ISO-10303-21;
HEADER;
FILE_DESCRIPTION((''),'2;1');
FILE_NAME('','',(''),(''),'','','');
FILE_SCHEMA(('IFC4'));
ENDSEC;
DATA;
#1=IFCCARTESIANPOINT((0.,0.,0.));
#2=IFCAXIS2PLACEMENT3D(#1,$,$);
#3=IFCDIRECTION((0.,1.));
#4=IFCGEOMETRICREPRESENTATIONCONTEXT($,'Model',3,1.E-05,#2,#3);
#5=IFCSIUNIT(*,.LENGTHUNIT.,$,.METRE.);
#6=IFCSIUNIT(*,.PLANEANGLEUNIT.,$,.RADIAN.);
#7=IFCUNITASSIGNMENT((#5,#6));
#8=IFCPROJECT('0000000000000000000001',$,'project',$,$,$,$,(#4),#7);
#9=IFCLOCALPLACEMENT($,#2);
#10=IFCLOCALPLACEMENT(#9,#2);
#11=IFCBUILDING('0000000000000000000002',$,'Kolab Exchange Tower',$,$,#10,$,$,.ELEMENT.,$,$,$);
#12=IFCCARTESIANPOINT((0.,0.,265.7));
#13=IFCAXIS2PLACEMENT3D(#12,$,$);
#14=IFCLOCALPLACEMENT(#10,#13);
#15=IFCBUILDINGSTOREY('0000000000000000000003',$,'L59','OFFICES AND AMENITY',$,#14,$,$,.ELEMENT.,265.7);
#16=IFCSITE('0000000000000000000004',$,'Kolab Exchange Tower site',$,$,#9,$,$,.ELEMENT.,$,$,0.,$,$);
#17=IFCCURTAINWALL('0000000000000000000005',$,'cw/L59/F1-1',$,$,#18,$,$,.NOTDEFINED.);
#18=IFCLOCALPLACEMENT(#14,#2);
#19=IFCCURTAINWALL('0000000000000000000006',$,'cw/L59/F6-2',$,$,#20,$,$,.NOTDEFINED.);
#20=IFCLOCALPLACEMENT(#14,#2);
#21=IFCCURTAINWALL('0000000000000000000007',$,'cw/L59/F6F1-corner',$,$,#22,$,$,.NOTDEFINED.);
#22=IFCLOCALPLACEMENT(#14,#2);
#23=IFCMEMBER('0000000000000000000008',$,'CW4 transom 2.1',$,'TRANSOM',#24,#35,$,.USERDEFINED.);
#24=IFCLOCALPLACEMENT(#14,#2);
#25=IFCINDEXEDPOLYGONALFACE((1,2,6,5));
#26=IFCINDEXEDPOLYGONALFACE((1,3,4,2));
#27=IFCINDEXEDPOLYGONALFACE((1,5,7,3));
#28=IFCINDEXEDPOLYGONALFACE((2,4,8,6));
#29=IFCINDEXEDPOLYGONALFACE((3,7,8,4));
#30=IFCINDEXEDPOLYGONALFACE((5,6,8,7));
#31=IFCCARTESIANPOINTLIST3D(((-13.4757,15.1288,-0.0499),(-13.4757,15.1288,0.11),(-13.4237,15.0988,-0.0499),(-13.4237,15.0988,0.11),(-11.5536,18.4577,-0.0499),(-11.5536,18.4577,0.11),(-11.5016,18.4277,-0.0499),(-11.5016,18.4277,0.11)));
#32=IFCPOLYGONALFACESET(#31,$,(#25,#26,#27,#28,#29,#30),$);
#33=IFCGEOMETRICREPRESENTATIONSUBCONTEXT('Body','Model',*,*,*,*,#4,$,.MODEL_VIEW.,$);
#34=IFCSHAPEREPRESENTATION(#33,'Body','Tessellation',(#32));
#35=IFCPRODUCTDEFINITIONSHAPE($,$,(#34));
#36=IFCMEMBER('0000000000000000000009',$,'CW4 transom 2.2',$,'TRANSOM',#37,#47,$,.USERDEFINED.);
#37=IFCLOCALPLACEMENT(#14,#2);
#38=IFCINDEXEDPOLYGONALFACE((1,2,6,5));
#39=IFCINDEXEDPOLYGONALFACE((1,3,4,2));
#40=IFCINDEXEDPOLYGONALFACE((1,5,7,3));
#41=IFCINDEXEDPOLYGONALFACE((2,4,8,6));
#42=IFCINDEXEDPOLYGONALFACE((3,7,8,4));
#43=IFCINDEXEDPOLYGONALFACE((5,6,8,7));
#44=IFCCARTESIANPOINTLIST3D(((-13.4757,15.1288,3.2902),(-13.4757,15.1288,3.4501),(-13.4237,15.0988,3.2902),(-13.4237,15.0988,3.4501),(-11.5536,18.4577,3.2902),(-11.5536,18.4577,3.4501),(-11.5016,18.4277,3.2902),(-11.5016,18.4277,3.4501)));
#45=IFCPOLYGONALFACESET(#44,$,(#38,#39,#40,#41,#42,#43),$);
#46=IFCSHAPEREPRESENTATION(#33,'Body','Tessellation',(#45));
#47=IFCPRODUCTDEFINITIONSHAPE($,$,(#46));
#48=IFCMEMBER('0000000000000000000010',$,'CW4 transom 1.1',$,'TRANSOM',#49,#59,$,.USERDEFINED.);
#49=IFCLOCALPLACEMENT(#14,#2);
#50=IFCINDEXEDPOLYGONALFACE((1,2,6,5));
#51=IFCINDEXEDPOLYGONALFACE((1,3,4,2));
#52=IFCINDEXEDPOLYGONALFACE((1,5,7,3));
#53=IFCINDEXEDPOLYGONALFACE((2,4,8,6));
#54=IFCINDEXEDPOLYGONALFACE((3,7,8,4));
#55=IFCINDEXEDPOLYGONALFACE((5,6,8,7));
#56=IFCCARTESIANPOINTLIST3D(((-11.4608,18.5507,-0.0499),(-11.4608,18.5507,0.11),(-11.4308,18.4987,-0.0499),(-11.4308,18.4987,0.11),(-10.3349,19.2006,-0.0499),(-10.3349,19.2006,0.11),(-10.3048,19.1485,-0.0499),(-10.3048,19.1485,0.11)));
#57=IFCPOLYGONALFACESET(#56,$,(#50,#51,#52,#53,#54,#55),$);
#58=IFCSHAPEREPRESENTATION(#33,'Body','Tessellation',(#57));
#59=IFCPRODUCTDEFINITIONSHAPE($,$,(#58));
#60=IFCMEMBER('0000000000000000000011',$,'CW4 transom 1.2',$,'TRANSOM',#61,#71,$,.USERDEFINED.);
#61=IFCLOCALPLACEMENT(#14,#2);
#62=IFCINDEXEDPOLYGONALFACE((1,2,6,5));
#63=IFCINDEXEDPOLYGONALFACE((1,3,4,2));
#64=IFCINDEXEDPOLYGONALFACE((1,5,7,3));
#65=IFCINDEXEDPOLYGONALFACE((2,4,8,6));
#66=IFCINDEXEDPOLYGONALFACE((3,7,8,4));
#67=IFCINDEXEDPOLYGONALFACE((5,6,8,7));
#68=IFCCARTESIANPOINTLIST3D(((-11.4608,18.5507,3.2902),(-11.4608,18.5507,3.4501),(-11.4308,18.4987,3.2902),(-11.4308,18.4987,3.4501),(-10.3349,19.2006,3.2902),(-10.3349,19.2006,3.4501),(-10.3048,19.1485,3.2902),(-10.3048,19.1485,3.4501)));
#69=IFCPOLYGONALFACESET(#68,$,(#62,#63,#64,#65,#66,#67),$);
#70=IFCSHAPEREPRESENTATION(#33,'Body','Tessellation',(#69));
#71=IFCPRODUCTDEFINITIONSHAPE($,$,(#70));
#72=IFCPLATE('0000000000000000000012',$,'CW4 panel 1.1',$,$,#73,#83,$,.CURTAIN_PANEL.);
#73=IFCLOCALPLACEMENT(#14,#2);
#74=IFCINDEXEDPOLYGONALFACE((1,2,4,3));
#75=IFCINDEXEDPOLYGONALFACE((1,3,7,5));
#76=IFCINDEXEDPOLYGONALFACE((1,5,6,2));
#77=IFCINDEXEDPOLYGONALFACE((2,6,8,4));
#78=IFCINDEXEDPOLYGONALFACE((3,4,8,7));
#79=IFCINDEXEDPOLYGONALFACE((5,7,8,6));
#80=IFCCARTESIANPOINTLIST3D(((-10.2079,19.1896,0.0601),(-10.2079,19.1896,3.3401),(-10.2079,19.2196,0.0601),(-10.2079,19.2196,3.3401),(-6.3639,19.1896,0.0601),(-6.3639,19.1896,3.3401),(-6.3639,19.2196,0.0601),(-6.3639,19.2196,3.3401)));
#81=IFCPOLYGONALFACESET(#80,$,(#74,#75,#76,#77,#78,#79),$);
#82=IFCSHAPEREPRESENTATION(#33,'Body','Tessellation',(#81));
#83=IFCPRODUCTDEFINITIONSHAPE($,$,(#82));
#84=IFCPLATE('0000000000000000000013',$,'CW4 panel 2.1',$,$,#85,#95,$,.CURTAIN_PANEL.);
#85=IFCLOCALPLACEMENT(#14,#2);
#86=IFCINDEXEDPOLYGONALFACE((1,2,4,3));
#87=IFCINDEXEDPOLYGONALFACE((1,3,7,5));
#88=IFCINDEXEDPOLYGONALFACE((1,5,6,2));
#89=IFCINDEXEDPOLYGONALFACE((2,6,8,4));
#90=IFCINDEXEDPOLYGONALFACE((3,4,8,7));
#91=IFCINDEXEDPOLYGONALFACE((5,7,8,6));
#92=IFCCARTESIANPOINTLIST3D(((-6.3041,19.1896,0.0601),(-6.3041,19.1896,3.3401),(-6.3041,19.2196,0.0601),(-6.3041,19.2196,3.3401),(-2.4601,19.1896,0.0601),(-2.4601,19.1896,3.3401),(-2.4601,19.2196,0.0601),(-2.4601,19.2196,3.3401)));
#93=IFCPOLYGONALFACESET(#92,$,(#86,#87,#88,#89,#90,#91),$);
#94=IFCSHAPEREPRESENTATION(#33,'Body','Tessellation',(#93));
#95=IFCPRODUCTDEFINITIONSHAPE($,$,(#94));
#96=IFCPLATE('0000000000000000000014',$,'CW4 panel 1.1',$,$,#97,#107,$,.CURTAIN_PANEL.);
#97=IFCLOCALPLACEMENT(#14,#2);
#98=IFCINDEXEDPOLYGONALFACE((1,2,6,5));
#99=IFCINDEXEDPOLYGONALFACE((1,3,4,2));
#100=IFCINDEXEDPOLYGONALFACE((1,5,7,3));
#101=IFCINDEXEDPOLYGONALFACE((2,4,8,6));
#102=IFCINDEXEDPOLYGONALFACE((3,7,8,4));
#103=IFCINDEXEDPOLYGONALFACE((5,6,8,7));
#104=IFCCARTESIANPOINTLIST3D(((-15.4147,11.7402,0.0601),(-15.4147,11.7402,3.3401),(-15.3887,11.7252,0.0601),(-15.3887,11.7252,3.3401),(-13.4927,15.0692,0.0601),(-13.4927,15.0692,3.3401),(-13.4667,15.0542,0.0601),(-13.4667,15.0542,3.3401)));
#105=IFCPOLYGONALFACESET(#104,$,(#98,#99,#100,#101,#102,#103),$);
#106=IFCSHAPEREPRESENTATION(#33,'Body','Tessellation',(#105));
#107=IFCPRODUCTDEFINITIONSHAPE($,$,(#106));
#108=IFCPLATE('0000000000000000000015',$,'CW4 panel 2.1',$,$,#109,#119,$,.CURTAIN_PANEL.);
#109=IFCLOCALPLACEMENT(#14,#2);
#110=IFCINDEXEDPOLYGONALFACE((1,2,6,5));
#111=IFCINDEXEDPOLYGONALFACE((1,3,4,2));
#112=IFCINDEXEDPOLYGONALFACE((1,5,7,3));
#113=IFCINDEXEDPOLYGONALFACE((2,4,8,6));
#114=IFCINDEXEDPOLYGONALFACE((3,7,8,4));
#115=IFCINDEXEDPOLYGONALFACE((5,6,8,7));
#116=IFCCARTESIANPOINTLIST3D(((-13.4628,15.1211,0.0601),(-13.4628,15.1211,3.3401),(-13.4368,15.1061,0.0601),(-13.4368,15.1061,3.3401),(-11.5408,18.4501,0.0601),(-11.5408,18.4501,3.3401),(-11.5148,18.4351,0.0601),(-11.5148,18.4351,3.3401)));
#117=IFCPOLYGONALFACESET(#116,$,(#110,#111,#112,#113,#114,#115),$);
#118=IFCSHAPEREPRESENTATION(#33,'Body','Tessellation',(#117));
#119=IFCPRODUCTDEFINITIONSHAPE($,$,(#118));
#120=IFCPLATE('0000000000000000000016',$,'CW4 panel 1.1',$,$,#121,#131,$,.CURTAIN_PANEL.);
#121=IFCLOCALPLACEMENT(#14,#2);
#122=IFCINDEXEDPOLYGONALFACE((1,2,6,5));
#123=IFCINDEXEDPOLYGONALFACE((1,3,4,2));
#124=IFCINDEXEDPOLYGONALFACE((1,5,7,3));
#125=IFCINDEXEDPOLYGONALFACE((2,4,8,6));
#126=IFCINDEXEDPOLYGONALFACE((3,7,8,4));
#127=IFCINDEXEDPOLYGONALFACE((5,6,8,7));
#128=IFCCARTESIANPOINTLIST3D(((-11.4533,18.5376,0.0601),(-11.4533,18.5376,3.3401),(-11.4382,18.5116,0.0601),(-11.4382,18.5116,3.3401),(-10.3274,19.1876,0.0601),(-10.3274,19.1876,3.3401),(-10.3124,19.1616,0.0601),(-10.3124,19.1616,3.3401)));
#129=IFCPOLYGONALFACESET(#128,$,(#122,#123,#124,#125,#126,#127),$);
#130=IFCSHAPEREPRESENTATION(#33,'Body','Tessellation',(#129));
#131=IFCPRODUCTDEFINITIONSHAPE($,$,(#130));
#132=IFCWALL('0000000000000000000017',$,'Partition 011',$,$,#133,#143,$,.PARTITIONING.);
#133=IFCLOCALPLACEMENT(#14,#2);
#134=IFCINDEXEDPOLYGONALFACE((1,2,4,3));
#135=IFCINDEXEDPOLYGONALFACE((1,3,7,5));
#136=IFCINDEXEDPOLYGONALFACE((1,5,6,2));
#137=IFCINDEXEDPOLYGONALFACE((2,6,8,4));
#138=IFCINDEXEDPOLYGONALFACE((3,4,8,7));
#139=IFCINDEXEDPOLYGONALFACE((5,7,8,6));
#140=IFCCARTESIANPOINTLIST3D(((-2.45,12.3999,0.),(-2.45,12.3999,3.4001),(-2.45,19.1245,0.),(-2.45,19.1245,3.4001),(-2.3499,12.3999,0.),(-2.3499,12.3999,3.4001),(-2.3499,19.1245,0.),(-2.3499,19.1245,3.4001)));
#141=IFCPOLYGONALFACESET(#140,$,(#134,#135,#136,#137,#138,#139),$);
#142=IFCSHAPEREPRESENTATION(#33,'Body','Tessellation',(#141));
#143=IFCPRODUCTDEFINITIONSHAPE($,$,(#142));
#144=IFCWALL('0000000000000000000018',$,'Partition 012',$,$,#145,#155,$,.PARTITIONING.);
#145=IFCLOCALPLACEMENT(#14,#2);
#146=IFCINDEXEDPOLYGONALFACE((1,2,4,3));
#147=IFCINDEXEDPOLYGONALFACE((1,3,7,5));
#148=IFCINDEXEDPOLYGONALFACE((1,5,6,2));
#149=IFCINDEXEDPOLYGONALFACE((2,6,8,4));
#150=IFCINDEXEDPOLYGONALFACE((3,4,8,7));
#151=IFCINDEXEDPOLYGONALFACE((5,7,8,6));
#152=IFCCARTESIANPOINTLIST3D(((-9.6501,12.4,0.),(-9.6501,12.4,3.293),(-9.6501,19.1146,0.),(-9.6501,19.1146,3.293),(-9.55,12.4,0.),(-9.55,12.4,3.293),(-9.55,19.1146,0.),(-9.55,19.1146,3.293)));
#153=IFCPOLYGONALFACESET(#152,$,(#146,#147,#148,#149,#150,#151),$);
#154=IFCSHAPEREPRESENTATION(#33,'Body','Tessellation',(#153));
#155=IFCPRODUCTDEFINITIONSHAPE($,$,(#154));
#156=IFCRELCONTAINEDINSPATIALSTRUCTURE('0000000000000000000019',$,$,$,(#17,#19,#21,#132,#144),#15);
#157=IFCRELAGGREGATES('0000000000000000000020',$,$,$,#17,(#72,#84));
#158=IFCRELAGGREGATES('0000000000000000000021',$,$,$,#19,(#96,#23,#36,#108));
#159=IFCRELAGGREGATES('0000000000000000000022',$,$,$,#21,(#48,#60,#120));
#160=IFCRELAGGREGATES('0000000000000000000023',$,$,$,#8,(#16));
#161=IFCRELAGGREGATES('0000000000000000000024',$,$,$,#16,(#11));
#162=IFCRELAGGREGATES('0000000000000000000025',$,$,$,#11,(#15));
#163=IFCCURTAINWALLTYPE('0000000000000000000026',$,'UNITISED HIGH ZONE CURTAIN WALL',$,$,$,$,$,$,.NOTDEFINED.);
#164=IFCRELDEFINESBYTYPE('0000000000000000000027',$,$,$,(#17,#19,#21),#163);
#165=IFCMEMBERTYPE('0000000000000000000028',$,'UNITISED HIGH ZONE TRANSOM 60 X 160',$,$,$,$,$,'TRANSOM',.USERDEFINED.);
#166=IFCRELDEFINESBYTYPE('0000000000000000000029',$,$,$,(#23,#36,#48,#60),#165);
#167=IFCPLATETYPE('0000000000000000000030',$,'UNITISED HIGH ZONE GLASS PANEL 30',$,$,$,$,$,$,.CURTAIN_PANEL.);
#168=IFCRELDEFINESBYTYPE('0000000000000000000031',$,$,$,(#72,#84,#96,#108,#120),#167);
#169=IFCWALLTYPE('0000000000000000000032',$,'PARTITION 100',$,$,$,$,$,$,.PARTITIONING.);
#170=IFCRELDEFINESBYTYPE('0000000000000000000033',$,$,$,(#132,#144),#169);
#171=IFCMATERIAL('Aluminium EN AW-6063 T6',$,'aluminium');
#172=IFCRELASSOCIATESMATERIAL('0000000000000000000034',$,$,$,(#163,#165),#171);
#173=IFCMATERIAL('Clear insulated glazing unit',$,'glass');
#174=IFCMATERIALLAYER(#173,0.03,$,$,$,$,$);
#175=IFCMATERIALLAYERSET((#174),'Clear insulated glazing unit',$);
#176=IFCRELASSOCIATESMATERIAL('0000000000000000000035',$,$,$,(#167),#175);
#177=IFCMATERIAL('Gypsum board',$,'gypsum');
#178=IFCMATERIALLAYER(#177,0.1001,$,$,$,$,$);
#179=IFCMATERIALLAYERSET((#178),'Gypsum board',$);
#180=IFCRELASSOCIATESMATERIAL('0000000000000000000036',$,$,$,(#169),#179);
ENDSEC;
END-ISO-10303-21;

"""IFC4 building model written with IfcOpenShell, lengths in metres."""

from ifc_helpers import new_model, si_unit, direction, frame, frame_2d, origin, origin_2d, place, context, subcontext, project, spatial, rectangle, extrude, material, layer, layer_set, material_profile, profile_set, type_object, element, aggregate, save


model = new_model("IFC4")

# Units and contexts
model_context = context("Model", 3, precision=1e-05, world=origin(), true_north=direction((0.0, 1.0)))
body_context = subcontext(model_context, "Body", "Model", "MODEL_VIEW")
ifc_project = project(units=[si_unit("LENGTHUNIT", "METRE"), si_unit("PLANEANGLEUNIT", "RADIAN")], contexts=[model_context])

# Site, building, storey
site_placement = place(None, origin())
site = spatial("IfcSite", under=ifc_project, at=site_placement, Name="Kolab Exchange Tower site", CompositionType="ELEMENT", RefElevation=0.0)
building_placement = place(site_placement, origin())
building = spatial("IfcBuilding", under=site, at=building_placement, Name="Kolab Exchange Tower", CompositionType="ELEMENT")
storey_placement = place(building_placement, frame((0.0, 0.0, 265.7)))
storey = spatial("IfcBuildingStorey", under=building, at=storey_placement, Name="L59", Description="OFFICES AND AMENITY", CompositionType="ELEMENT", Elevation=265.7)

# Curtain walls
ifc_material_1 = material(Name="Aluminium EN AW-6063 T6", Category="aluminium")
curtain_wall_type = type_object("IfcCurtainWallType", Name="UNITISED HIGH ZONE CURTAIN WALL", PredefinedType="NOTDEFINED", material=ifc_material_1)
curtain_wall_1_placement = place(storey_placement, origin())
curtain_wall_1 = element("IfcCurtainWall", 1, at=curtain_wall_1_placement, inside=storey, type_object=curtain_wall_type, Name="cw/L59/F1-1", PredefinedType="NOTDEFINED")
curtain_wall_2_placement = place(storey_placement, origin())
curtain_wall_2 = element("IfcCurtainWall", 2, at=curtain_wall_2_placement, inside=storey, type_object=curtain_wall_type, Name="cw/L59/F6-2", PredefinedType="NOTDEFINED")
curtain_wall_3_placement = place(storey_placement, origin())
curtain_wall_3 = element("IfcCurtainWall", 3, at=curtain_wall_3_placement, inside=storey, type_object=curtain_wall_type, Name="cw/L59/F6F1-corner", PredefinedType="NOTDEFINED")

# Members
ifc_material_profile_1 = material_profile(ifc_material_1, rectangle(XDim=0.0601, YDim=0.1599, at=origin_2d()), Name="RECT 60X160")
ifc_profile_set_1 = profile_set([ifc_material_profile_1], Name="Aluminium EN AW-6063 T6")
member_type_1 = type_object("IfcMemberType", Name="UNITISED HIGH ZONE TRANSOM 60 X 160", ElementType="TRANSOM", PredefinedType="USERDEFINED", material=ifc_profile_set_1)
member_1_placement = place(storey_placement, frame((-13.4497, 15.1138, 0.03), z_axis=(0.500039, 0.866003, 0.0), x_axis=(-0.866003, 0.500039, 0.0)))
member_1 = element("IfcMember", 4, at=member_1_placement, type_object=member_type_1, Name="CW4 transom 2.1", ObjectType="TRANSOM", PredefinedType="USERDEFINED", context=body_context, shape_type="SweptSolid", body=[
    extrude(rectangle(XDim=0.0601, YDim=0.1599, at=origin_2d()), origin(), (0.0, 0.0, 1.0), 3.844),
])
member_2_placement = place(storey_placement, frame((-13.4497, 15.1138, 3.3701), z_axis=(0.500039, 0.866003, 0.0), x_axis=(-0.866003, 0.500039, 0.0)))
member_2 = element("IfcMember", 5, at=member_2_placement, type_object=member_type_1, Name="CW4 transom 2.2", ObjectType="TRANSOM", PredefinedType="USERDEFINED", context=body_context, shape_type="SweptSolid", body=[
    extrude(rectangle(XDim=0.0601, YDim=0.1599, at=origin_2d()), origin(), (0.0, 0.0, 1.0), 3.844),
])
member_3_placement = place(storey_placement, frame((-11.4458, 18.5247, 0.03), z_axis=(0.866086, 0.499896, 0.0), x_axis=(-0.499896, 0.866086, 0.0)))
member_3 = element("IfcMember", 6, at=member_3_placement, type_object=member_type_1, Name="CW4 transom 1.1", ObjectType="TRANSOM", PredefinedType="USERDEFINED", context=body_context, shape_type="SweptSolid", body=[
    extrude(rectangle(XDim=0.0601, YDim=0.1599, at=origin_2d()), origin(), (0.0, 0.0, 1.0), 1.3),
])
member_4_placement = place(storey_placement, frame((-11.4458, 18.5247, 3.3701), z_axis=(0.866086, 0.499896, 0.0), x_axis=(-0.499896, 0.866086, 0.0)))
member_4 = element("IfcMember", 7, at=member_4_placement, type_object=member_type_1, Name="CW4 transom 1.2", ObjectType="TRANSOM", PredefinedType="USERDEFINED", context=body_context, shape_type="SweptSolid", body=[
    extrude(rectangle(XDim=0.0601, YDim=0.1599, at=origin_2d()), origin(), (0.0, 0.0, 1.0), 1.3),
])

# Plates
ifc_material_2 = material(Name="Clear insulated glazing unit", Category="glass")
ifc_layer_1 = layer(ifc_material_2, 0.03)
ifc_layer_set_1 = layer_set([ifc_layer_1], Name="Clear insulated glazing unit")
plate_type = type_object("IfcPlateType", Name="UNITISED HIGH ZONE GLASS PANEL 30", PredefinedType="CURTAIN_PANEL", material=ifc_layer_set_1)
plate_1_placement = place(storey_placement, frame((-8.2859, 19.2046, 0.0601), z_axis=(0.0, 0.0, 1.0), x_axis=(1.0, 0.0, 0.0)))
plate_1 = element("IfcPlate", 8, at=plate_1_placement, type_object=plate_type, Name="CW4 panel 1.1", PredefinedType="CURTAIN_PANEL", context=body_context, shape_type="SweptSolid", body=[
    extrude(rectangle(XDim=3.844, YDim=0.03, at=origin_2d()), origin(), (0.0, 0.0, 1.0), 3.28),
])
plate_2_placement = place(storey_placement, frame((-4.3821, 19.2046, 0.0601), z_axis=(0.0, 0.0, 1.0), x_axis=(1.0, 0.0, 0.0)))
plate_2 = element("IfcPlate", 9, at=plate_2_placement, type_object=plate_type, Name="CW4 panel 2.1", PredefinedType="CURTAIN_PANEL", context=body_context, shape_type="SweptSolid", body=[
    extrude(rectangle(XDim=3.844, YDim=0.03, at=origin_2d()), origin(), (0.0, 0.0, 1.0), 3.28),
])
aggregate(curtain_wall_1, [plate_1, plate_2])
plate_3_placement = place(storey_placement, frame((-14.4407, 13.3972, 0.0601), z_axis=(0.0, 0.0, 1.0), x_axis=(0.5, 0.866025, 0.0)))
plate_3 = element("IfcPlate", 10, at=plate_3_placement, type_object=plate_type, Name="CW4 panel 1.1", PredefinedType="CURTAIN_PANEL", context=body_context, shape_type="SweptSolid", body=[
    extrude(rectangle(XDim=3.844, YDim=0.03, at=origin_2d()), origin(), (0.0, 0.0, 1.0), 3.28),
])
plate_4_placement = place(storey_placement, frame((-12.4888, 16.7781, 0.0601), z_axis=(0.0, 0.0, 1.0), x_axis=(0.5, 0.866025, 0.0)))
plate_4 = element("IfcPlate", 11, at=plate_4_placement, type_object=plate_type, Name="CW4 panel 2.1", PredefinedType="CURTAIN_PANEL", context=body_context, shape_type="SweptSolid", body=[
    extrude(rectangle(XDim=3.844, YDim=0.03, at=origin_2d()), origin(), (0.0, 0.0, 1.0), 3.28),
])
aggregate(curtain_wall_2, [plate_3, member_1, member_2, plate_4])
plate_5_placement = place(storey_placement, frame((-10.8828, 18.8496, 0.0601), z_axis=(0.0, 0.0, 1.0), x_axis=(0.866025, 0.5, 0.0)))
plate_5 = element("IfcPlate", 12, at=plate_5_placement, type_object=plate_type, Name="CW4 panel 1.1", PredefinedType="CURTAIN_PANEL", context=body_context, shape_type="SweptSolid", body=[
    extrude(rectangle(XDim=1.3, YDim=0.03, at=origin_2d()), origin(), (0.0, 0.0, 1.0), 3.28),
])
aggregate(curtain_wall_3, [member_3, member_4, plate_5])

# Walls
ifc_material_3 = material(Name="Gypsum board", Category="gypsum")
ifc_layer_2 = layer(ifc_material_3, 0.1001)
ifc_layer_set_2 = layer_set([ifc_layer_2], Name="Gypsum board")
wall_type = type_object("IfcWallType", Name="PARTITION 100", PredefinedType="PARTITIONING", material=ifc_layer_set_2)
wall_1_placement = place(storey_placement, frame((-2.3999, 12.3999, 0.0), z_axis=(0.0, 0.0, 1.0), x_axis=(0.0, 1.0, 0.0)))
element("IfcWall", 13, at=wall_1_placement, inside=storey, type_object=wall_type, Name="Partition 011", PredefinedType="PARTITIONING", context=body_context, shape_type="SweptSolid", body=[
    extrude(rectangle(XDim=6.7246, YDim=0.1001, at=frame_2d((3.3623, 0.0))), origin(), (0.0, 0.0, 1.0), 3.4001),
])
wall_2_placement = place(storey_placement, frame((-9.6001, 12.3999, 0.0), z_axis=(0.0, 0.0, 1.0), x_axis=(0.0, 1.0, 0.0)))
element("IfcWall", 14, at=wall_2_placement, inside=storey, type_object=wall_type, Name="Partition 012", PredefinedType="PARTITIONING", context=body_context, shape_type="SweptSolid", body=[
    extrude(rectangle(XDim=6.7146, YDim=0.1001, at=frame_2d((3.3574, 0.0))), origin(), (0.0, 0.0, 1.0), 3.293),
])

save(model, "model.ifc")
